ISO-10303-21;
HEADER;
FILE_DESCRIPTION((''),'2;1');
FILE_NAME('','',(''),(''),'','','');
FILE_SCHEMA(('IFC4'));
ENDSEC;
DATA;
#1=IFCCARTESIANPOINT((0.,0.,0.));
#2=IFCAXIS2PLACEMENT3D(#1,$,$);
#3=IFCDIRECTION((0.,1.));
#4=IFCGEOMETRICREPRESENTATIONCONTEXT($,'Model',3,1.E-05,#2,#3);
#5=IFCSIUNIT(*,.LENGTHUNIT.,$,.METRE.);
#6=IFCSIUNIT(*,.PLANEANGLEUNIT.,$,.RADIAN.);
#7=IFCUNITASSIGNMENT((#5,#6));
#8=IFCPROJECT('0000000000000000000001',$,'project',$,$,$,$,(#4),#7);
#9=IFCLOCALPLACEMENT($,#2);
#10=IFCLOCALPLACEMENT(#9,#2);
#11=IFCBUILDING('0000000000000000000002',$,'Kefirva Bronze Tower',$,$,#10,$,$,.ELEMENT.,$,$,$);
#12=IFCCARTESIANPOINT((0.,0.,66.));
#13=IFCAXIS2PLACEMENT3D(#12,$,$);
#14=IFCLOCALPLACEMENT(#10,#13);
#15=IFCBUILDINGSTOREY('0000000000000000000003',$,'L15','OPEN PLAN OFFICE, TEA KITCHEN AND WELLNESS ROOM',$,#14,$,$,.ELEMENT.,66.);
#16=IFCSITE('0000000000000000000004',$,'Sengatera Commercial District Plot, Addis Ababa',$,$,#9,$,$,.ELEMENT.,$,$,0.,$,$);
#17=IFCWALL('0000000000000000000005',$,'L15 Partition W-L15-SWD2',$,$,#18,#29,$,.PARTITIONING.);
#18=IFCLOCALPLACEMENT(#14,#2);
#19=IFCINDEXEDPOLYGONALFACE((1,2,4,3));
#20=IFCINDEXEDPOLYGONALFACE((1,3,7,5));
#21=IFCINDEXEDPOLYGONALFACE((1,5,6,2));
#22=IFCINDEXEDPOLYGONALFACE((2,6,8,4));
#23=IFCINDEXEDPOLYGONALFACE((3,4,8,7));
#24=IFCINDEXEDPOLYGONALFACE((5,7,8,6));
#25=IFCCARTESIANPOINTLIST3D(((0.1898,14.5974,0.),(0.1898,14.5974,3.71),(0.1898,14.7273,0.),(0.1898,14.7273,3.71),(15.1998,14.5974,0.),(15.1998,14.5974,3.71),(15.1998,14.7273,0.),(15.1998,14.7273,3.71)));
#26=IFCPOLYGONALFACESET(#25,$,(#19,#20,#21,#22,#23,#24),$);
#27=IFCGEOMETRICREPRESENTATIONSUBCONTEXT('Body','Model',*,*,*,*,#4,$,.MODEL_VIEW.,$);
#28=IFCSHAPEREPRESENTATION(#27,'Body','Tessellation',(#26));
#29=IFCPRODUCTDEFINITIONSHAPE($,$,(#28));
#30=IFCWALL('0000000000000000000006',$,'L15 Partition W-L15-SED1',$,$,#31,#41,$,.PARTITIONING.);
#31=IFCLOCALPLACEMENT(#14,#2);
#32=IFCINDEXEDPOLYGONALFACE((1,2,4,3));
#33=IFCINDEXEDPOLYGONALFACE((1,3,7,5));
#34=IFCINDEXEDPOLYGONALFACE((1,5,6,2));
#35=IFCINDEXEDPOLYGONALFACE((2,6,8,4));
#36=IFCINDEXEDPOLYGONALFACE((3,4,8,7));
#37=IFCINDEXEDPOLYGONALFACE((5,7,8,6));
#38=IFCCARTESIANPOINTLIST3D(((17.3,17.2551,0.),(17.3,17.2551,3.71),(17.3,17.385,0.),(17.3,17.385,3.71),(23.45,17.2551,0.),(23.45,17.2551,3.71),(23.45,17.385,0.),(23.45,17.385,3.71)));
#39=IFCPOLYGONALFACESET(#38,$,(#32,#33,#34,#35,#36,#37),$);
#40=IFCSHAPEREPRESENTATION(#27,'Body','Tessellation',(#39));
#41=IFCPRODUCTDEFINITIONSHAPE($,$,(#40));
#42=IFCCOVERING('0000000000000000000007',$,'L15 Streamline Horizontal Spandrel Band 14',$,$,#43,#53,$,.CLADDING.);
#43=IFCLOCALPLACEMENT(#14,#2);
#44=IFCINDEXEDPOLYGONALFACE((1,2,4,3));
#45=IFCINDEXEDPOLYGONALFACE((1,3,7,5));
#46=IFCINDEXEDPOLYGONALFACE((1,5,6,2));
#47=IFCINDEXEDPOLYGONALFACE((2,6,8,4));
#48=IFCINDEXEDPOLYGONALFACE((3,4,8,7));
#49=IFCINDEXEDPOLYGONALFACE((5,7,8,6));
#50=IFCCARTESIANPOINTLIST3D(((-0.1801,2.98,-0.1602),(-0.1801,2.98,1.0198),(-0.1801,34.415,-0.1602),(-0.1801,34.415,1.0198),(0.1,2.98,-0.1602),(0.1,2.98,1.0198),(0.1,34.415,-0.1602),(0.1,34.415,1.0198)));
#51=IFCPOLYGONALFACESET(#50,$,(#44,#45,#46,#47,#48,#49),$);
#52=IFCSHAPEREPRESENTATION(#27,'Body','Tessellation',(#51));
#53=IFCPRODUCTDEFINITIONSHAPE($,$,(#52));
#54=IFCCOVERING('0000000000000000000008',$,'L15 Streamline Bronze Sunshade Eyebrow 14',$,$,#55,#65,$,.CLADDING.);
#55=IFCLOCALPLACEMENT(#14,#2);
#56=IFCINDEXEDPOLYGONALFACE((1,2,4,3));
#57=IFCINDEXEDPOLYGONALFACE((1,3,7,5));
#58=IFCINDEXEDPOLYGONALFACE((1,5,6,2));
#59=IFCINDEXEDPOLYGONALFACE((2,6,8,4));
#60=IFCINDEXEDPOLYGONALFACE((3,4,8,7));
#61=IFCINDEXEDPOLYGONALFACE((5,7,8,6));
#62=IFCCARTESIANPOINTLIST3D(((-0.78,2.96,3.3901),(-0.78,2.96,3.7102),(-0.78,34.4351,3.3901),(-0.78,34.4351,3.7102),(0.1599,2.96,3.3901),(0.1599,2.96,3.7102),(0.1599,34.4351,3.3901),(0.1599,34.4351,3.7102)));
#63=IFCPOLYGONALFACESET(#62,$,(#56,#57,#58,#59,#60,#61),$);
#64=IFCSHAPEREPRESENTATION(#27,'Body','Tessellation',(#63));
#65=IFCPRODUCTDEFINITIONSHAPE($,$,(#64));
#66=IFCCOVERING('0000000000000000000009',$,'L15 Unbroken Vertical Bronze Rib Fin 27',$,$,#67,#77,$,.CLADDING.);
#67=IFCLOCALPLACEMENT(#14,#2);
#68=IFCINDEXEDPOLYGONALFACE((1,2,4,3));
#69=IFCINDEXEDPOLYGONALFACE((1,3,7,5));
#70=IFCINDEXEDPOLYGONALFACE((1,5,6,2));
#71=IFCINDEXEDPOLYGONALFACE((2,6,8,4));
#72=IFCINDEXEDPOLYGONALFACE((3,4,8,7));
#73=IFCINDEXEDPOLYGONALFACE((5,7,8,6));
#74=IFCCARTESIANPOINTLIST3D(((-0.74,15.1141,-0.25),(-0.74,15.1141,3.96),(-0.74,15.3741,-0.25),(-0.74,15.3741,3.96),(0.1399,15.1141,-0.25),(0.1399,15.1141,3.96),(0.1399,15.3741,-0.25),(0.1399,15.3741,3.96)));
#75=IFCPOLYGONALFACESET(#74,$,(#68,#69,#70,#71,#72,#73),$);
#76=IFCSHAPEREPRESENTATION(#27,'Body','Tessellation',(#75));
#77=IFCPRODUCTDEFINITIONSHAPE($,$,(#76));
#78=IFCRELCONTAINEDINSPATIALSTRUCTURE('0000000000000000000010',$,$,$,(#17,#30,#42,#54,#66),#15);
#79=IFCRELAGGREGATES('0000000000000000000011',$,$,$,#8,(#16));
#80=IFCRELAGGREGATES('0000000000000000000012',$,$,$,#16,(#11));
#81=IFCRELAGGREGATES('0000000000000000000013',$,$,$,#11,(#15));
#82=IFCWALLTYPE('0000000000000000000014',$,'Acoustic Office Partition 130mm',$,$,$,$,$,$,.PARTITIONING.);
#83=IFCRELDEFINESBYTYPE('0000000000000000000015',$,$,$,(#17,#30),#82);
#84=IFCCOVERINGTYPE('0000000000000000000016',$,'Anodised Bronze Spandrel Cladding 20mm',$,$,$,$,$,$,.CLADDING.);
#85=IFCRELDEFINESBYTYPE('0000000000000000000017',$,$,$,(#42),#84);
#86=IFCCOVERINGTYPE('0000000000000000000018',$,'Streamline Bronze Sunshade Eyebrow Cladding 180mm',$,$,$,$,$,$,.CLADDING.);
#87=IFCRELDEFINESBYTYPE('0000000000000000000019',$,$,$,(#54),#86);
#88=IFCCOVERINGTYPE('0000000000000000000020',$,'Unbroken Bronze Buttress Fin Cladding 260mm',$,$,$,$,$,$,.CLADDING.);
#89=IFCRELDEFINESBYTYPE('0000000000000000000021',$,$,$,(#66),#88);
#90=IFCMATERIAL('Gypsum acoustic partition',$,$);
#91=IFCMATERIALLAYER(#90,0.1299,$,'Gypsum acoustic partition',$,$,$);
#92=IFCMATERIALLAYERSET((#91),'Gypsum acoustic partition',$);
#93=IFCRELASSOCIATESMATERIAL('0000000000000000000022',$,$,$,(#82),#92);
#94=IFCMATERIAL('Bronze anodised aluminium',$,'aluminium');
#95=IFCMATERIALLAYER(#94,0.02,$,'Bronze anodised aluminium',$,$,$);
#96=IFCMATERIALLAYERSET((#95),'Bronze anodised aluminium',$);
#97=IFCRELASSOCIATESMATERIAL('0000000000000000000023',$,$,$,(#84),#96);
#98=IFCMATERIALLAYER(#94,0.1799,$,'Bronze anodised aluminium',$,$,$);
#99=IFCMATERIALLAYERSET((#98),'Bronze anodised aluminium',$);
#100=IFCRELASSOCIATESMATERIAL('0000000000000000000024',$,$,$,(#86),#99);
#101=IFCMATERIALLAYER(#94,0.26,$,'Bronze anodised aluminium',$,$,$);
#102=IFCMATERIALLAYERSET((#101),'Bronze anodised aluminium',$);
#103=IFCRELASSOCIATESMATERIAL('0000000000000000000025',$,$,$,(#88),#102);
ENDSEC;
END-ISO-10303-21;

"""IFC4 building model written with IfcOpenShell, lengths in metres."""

from ifc_helpers import new_model, si_unit, direction, frame, frame_2d, origin, origin_2d, place, context, subcontext, project, spatial, rectangle, extrude, material, layer, layer_set, type_object, element, save


model = new_model("IFC4")

# Units and contexts
model_context = context("Model", 3, precision=1e-05, world=origin(), true_north=direction((0.0, 1.0)))
body_context = subcontext(model_context, "Body", "Model", "MODEL_VIEW")
ifc_project = project(units=[si_unit("LENGTHUNIT", "METRE"), si_unit("PLANEANGLEUNIT", "RADIAN")], contexts=[model_context])

# Site, building, storey
site_placement = place(None, origin())
site = spatial("IfcSite", under=ifc_project, at=site_placement, Name="Sengatera Commercial District Plot, Addis Ababa", CompositionType="ELEMENT", RefElevation=0.0)
building_placement = place(site_placement, origin())
building = spatial("IfcBuilding", under=site, at=building_placement, Name="Kefirva Bronze Tower", CompositionType="ELEMENT")
storey_placement = place(building_placement, frame((0.0, 0.0, 66.0)))
storey = spatial("IfcBuildingStorey", under=building, at=storey_placement, Name="L15", Description="OPEN PLAN OFFICE, TEA KITCHEN AND WELLNESS ROOM", CompositionType="ELEMENT", Elevation=66.0)

# Shared definitions
ifc_material_1 = material(Name="Bronze anodised aluminium", Category="aluminium")

# Walls
ifc_material_2 = material(Name="Gypsum acoustic partition")
ifc_layer_1 = layer(ifc_material_2, 0.1299, Name="Gypsum acoustic partition")
ifc_layer_set_1 = layer_set([ifc_layer_1], Name="Gypsum acoustic partition")
wall_type = type_object("IfcWallType", Name="Acoustic Office Partition 130mm", PredefinedType="PARTITIONING", material=ifc_layer_set_1)
wall_1_placement = place(storey_placement, frame((0.1899, 14.6624, 0.0), z_axis=(0.0, 0.0, 1.0), x_axis=(1.0, 0.0, 0.0)))
element("IfcWall", 1, at=wall_1_placement, inside=storey, type_object=wall_type, Name="L15 Partition W-L15-SWD2", PredefinedType="PARTITIONING", context=body_context, shape_type="SweptSolid", body=[
    extrude(rectangle(XDim=15.01, YDim=0.1299, at=frame_2d((7.5049, 0.0))), origin(), (0.0, 0.0, 1.0), 3.71),
])
wall_2_placement = place(storey_placement, frame((17.3, 17.3201, 0.0), z_axis=(0.0, 0.0, 1.0), x_axis=(1.0, 0.0, 0.0)))
element("IfcWall", 2, at=wall_2_placement, inside=storey, type_object=wall_type, Name="L15 Partition W-L15-SED1", PredefinedType="PARTITIONING", context=body_context, shape_type="SweptSolid", body=[
    extrude(rectangle(XDim=6.1499, YDim=0.1299, at=frame_2d((3.075, 0.0))), origin(), (0.0, 0.0, 1.0), 3.71),
])

# Coverings
ifc_layer_2 = layer(ifc_material_1, 0.02, Name="Bronze anodised aluminium")
ifc_layer_set_2 = layer_set([ifc_layer_2], Name="Bronze anodised aluminium")
covering_type_1 = type_object("IfcCoveringType", Name="Anodised Bronze Spandrel Cladding 20mm", PredefinedType="CLADDING", material=ifc_layer_set_2)
covering_1_placement = place(storey_placement, frame((-0.04, 18.6975, -0.1602), z_axis=(0.0, 0.0, 1.0), x_axis=(0.0, -1.0, 0.0)))
element("IfcCovering", 3, at=covering_1_placement, inside=storey, type_object=covering_type_1, Name="L15 Streamline Horizontal Spandrel Band 14", PredefinedType="CLADDING", context=body_context, shape_type="SweptSolid", body=[
    extrude(rectangle(XDim=31.4351, YDim=0.28, at=origin_2d()), origin(), (0.0, 0.0, 1.0), 1.1799),
])
ifc_layer_3 = layer(ifc_material_1, 0.1799, Name="Bronze anodised aluminium")
ifc_layer_set_3 = layer_set([ifc_layer_3], Name="Bronze anodised aluminium")
covering_type_2 = type_object("IfcCoveringType", Name="Streamline Bronze Sunshade Eyebrow Cladding 180mm", PredefinedType="CLADDING", material=ifc_layer_set_3)
covering_2_placement = place(storey_placement, frame((-0.3101, 18.6975, 3.3901), z_axis=(0.0, 0.0, 1.0), x_axis=(0.0, -1.0, 0.0)))
element("IfcCovering", 4, at=covering_2_placement, inside=storey, type_object=covering_type_2, Name="L15 Streamline Bronze Sunshade Eyebrow 14", PredefinedType="CLADDING", context=body_context, shape_type="SweptSolid", body=[
    extrude(rectangle(XDim=31.4751, YDim=0.9399, at=origin_2d()), origin(), (0.0, 0.0, 1.0), 0.3201),
])
ifc_layer_4 = layer(ifc_material_1, 0.26, Name="Bronze anodised aluminium")
ifc_layer_set_4 = layer_set([ifc_layer_4], Name="Bronze anodised aluminium")
covering_type_3 = type_object("IfcCoveringType", Name="Unbroken Bronze Buttress Fin Cladding 260mm", PredefinedType="CLADDING", material=ifc_layer_set_4)
covering_3_placement = place(storey_placement, frame((-0.3, 15.2441, -0.25), z_axis=(0.0, 0.0, 1.0), x_axis=(0.0, -1.0, 0.0)))
element("IfcCovering", 5, at=covering_3_placement, inside=storey, type_object=covering_type_3, Name="L15 Unbroken Vertical Bronze Rib Fin 27", PredefinedType="CLADDING", context=body_context, shape_type="SweptSolid", body=[
    extrude(rectangle(XDim=0.26, YDim=0.8799, at=origin_2d()), origin(), (0.0, 0.0, 1.0), 4.21),
])

save(model, "model.ifc")
